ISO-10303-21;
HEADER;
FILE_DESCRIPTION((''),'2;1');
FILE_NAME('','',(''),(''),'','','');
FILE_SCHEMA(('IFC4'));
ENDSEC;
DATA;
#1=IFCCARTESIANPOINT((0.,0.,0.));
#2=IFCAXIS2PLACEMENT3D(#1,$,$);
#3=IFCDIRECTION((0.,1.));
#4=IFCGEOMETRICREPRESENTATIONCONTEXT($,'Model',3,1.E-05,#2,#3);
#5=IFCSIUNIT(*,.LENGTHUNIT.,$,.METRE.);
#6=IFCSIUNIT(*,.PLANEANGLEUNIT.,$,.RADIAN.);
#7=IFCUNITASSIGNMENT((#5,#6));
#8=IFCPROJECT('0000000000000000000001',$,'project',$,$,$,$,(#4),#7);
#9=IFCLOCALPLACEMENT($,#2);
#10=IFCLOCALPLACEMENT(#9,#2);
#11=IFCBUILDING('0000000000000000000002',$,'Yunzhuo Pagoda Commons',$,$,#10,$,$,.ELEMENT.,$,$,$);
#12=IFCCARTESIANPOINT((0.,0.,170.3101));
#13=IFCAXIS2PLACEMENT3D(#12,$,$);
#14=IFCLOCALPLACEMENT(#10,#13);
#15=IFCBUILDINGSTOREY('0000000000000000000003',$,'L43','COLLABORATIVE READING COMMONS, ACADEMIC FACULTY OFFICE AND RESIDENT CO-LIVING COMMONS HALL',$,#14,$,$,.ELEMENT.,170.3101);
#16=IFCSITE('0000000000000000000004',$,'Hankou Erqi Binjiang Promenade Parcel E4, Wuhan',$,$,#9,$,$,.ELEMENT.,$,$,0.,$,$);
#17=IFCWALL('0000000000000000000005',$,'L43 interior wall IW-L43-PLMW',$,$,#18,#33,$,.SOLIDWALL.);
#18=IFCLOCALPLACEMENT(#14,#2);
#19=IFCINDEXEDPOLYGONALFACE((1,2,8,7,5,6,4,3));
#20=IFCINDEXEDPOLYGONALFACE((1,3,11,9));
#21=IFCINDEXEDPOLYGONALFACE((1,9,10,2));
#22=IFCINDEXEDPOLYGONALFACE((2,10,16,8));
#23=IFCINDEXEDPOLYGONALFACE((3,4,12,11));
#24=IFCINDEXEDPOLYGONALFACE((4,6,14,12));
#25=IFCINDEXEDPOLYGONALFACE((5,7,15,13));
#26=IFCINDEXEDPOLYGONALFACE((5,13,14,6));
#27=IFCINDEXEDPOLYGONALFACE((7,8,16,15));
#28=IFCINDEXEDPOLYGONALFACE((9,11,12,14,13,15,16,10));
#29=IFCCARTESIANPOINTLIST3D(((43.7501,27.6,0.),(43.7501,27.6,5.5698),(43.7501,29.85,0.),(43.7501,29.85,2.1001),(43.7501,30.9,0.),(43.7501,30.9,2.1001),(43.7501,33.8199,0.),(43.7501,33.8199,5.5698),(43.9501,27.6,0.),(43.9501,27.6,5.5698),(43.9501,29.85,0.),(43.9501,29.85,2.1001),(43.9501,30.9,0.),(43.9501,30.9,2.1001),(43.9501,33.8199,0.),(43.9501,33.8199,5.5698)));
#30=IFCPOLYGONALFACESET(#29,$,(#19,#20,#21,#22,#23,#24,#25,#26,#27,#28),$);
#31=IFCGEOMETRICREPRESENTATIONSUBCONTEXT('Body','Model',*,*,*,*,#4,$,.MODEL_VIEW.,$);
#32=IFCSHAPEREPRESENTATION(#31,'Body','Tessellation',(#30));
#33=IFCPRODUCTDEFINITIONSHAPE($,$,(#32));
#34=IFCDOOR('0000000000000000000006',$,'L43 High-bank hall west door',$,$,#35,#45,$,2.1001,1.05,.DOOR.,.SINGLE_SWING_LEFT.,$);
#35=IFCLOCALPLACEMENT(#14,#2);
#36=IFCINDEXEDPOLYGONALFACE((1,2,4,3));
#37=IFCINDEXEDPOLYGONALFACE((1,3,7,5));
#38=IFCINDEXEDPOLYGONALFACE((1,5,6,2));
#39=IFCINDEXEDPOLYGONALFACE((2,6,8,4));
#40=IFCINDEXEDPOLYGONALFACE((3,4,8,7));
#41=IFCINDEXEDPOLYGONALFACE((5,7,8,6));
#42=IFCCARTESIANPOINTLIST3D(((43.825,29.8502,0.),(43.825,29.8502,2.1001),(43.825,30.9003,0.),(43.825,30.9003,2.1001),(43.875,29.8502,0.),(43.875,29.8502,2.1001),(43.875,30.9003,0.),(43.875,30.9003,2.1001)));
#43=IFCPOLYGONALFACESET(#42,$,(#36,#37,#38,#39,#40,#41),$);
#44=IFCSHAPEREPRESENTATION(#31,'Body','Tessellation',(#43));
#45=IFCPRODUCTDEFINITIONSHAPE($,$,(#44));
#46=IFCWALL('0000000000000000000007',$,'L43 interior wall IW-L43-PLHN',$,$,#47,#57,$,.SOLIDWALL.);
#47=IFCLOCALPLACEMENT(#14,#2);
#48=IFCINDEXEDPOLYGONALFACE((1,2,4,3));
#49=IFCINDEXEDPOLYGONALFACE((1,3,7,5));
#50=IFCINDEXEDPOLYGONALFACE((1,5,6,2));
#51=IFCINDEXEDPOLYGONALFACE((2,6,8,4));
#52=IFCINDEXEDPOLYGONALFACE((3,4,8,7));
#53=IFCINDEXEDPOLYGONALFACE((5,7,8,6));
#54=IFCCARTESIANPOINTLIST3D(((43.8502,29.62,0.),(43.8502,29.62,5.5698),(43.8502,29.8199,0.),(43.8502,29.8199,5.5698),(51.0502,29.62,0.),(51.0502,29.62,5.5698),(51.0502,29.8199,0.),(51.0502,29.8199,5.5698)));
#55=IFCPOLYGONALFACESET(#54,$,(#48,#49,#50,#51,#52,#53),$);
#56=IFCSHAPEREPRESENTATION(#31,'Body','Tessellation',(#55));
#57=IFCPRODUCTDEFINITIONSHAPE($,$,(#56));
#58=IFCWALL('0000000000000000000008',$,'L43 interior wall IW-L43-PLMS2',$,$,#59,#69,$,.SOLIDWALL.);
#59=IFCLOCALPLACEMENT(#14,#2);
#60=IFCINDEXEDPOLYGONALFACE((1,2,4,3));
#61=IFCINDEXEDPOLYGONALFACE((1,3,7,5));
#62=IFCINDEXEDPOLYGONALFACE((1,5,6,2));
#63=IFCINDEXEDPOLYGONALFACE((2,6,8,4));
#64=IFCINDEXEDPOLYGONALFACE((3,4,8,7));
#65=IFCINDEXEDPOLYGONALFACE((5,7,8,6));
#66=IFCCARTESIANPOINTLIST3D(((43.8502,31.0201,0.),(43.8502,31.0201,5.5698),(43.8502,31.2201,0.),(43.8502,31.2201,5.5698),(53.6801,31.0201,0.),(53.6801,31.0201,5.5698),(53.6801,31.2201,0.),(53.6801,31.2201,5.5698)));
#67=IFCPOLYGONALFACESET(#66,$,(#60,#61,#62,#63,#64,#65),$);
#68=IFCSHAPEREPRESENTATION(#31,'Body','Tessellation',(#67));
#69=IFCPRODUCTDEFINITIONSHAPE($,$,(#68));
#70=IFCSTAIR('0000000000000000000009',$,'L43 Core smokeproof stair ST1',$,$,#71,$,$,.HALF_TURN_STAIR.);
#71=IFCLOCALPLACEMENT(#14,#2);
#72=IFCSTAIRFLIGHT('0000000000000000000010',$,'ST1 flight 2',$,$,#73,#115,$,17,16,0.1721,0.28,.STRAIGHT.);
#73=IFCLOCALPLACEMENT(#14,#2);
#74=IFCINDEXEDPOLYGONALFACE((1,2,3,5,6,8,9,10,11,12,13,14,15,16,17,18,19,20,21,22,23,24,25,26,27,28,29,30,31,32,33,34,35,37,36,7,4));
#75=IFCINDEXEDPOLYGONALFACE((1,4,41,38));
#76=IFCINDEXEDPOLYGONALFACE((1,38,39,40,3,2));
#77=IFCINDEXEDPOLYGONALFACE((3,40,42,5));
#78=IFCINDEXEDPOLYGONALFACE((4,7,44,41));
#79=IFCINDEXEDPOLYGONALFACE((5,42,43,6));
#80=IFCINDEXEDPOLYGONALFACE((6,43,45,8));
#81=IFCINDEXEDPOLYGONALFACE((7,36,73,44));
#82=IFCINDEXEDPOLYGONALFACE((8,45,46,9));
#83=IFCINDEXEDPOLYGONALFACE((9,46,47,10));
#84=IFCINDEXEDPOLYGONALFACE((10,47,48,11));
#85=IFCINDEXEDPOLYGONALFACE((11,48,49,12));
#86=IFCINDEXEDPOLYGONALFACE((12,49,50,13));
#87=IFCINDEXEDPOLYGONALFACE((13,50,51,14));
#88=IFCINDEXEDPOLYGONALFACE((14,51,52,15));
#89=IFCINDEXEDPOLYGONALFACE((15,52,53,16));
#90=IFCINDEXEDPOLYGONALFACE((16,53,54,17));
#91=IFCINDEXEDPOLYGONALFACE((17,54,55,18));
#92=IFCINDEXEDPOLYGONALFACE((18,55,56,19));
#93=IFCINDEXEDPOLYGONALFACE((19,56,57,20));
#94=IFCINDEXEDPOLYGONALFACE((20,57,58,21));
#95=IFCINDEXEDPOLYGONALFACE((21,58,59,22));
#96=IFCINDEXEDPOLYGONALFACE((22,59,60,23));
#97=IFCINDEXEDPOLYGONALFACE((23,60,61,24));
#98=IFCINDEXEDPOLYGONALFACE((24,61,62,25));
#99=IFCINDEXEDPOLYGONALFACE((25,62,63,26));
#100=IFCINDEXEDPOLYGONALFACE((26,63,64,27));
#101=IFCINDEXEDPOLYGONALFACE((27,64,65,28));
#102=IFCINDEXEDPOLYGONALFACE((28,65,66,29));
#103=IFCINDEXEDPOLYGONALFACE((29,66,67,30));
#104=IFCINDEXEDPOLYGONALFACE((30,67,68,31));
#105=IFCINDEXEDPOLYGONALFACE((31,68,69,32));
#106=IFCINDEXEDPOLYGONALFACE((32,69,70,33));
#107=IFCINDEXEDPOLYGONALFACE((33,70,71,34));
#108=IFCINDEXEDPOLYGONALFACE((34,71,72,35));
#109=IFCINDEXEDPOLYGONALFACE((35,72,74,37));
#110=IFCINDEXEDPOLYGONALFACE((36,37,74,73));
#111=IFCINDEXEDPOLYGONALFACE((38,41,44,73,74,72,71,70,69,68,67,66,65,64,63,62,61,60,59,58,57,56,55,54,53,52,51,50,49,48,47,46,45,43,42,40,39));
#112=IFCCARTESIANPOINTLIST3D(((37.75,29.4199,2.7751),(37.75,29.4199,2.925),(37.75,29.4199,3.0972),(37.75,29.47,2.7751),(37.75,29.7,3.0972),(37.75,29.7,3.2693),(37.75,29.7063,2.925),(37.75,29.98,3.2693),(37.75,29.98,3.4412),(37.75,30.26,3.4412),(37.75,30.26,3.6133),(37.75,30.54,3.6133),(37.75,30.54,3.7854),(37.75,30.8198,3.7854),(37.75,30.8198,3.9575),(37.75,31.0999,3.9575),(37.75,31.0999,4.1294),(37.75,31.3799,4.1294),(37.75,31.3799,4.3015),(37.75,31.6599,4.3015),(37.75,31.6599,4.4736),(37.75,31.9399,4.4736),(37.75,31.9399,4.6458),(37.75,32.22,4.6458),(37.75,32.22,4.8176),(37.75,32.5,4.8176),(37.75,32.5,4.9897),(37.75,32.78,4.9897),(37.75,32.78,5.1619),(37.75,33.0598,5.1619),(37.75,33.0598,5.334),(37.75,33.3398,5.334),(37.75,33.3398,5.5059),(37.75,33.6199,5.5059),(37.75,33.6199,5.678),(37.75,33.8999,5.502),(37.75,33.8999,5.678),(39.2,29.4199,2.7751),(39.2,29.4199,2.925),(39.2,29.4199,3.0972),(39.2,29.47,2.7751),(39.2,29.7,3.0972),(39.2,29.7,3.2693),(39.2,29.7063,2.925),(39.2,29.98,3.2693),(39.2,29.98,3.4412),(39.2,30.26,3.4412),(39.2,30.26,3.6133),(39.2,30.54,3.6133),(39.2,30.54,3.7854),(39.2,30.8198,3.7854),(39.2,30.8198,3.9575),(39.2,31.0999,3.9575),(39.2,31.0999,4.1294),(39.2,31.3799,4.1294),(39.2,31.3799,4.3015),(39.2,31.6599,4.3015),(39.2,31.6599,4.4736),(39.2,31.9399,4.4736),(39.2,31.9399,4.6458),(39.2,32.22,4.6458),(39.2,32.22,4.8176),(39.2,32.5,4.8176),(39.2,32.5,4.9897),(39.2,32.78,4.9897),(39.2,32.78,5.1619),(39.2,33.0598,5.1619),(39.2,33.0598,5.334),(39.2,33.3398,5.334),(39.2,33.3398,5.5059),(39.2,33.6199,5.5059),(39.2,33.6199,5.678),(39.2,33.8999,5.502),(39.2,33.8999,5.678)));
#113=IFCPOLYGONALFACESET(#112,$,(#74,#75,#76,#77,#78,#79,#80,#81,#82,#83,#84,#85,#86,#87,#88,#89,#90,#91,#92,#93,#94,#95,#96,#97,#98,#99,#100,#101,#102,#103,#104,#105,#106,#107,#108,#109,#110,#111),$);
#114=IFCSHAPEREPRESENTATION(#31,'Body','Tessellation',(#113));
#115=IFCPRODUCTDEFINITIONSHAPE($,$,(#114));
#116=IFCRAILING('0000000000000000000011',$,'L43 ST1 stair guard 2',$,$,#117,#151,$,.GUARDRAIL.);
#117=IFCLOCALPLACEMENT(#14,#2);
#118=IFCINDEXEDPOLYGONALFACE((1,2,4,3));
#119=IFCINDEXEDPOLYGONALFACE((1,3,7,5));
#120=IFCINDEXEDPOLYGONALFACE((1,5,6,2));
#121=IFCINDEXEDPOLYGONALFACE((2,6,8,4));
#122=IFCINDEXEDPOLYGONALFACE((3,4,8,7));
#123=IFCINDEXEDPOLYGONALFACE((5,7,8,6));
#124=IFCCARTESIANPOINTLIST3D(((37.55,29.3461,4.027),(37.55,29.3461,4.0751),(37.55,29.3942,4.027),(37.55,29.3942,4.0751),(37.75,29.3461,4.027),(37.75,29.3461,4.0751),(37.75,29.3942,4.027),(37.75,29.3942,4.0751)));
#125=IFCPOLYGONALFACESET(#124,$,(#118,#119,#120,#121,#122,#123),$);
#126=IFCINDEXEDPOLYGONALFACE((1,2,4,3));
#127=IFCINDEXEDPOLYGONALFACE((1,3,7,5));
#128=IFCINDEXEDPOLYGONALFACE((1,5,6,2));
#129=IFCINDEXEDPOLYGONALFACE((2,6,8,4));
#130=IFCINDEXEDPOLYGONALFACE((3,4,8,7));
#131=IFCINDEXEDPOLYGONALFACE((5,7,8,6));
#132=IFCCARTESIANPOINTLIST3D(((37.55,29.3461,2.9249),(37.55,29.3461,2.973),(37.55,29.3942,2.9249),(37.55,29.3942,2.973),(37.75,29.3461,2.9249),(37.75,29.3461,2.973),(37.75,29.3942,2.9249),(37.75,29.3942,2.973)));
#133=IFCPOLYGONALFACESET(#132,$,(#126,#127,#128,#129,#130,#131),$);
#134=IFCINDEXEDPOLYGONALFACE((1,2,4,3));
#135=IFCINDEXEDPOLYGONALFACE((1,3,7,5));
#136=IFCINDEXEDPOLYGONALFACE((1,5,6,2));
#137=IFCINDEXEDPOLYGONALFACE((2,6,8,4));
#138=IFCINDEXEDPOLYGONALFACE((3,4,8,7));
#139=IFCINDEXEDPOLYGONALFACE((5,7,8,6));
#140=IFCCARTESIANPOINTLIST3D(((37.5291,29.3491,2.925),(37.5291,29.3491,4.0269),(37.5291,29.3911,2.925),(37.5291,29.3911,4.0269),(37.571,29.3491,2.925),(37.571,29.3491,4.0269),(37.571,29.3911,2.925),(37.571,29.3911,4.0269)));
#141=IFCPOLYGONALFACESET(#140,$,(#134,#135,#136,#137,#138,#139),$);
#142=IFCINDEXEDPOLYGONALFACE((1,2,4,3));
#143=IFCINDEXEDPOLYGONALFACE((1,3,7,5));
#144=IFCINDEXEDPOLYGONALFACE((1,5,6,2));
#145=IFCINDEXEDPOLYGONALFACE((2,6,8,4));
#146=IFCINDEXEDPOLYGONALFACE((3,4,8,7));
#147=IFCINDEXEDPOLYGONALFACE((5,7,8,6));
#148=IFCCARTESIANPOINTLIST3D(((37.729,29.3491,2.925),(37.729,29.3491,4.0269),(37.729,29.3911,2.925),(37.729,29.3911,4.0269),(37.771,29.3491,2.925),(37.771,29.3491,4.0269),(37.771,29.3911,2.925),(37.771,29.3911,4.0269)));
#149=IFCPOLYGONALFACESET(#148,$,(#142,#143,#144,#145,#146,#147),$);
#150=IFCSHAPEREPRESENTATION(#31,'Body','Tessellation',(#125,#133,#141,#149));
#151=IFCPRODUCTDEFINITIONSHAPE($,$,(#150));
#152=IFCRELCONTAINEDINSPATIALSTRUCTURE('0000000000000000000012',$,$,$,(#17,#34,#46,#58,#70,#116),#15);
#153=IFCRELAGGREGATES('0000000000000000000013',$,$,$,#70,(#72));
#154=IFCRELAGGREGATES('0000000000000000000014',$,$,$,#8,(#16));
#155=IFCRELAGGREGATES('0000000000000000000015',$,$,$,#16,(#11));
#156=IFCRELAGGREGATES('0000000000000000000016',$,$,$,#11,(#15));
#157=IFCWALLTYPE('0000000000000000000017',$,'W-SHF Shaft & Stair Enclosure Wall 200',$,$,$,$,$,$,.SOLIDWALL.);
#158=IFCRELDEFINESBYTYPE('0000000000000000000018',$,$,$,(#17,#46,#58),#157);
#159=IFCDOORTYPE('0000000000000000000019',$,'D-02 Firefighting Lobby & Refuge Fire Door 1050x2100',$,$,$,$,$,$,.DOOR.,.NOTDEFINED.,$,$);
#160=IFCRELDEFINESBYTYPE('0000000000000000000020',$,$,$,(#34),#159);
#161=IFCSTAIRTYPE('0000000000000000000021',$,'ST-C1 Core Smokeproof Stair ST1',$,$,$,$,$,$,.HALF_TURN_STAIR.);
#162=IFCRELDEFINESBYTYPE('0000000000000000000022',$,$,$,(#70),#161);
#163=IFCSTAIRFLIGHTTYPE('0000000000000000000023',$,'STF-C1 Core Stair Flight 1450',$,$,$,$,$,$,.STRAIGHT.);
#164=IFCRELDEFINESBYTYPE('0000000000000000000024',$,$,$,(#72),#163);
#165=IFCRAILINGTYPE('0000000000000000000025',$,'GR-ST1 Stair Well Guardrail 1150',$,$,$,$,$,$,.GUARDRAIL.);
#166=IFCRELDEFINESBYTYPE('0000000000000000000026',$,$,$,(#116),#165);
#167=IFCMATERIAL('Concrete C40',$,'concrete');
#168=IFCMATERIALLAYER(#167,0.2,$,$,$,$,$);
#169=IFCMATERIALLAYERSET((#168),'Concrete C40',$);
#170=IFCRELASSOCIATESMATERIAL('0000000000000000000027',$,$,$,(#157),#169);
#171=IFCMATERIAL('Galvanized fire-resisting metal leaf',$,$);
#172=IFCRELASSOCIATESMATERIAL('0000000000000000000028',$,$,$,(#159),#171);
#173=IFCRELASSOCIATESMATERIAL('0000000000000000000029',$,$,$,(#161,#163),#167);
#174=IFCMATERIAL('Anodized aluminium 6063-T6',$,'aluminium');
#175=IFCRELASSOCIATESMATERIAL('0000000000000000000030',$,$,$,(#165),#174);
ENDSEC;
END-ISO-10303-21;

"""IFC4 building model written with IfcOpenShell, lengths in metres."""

from ifc_helpers import new_model, si_unit, direction, frame, frame_2d, origin, origin_2d, place, context, subcontext, project, spatial, polyline, rectangle, outline, extrude, source, transform, mapped, material, layer, layer_set, type_object, element, fill, aggregate, save


model = new_model("IFC4")

# Units and contexts
model_context = context("Model", 3, precision=1e-05, world=origin(), true_north=direction((0.0, 1.0)))
body_context = subcontext(model_context, "Body", "Model", "MODEL_VIEW")
ifc_project = project(units=[si_unit("LENGTHUNIT", "METRE"), si_unit("PLANEANGLEUNIT", "RADIAN")], contexts=[model_context])

# Site, building, storey
site_placement = place(None, origin())
site = spatial("IfcSite", under=ifc_project, at=site_placement, Name="Hankou Erqi Binjiang Promenade Parcel E4, Wuhan", CompositionType="ELEMENT", RefElevation=0.0)
building_placement = place(site_placement, origin())
building = spatial("IfcBuilding", under=site, at=building_placement, Name="Yunzhuo Pagoda Commons", CompositionType="ELEMENT")
storey_placement = place(building_placement, frame((0.0, 0.0, 170.3101)))
storey = spatial("IfcBuildingStorey", under=building, at=storey_placement, Name="L43", Description="COLLABORATIVE READING COMMONS, ACADEMIC FACULTY OFFICE AND RESIDENT CO-LIVING COMMONS HALL", CompositionType="ELEMENT", Elevation=170.3101)

# Shared definitions
ifc_material_1 = material(Name="Galvanized fire-resisting metal leaf")

# Wall, opening, door
ifc_material_2 = material(Name="Concrete C40", Category="concrete")
ifc_layer_1 = layer(ifc_material_2, 0.2)
ifc_layer_set_1 = layer_set([ifc_layer_1], Name="Concrete C40")
wall_type_1 = type_object("IfcWallType", Name="W-SHF Shaft & Stair Enclosure Wall 200", PredefinedType="SOLIDWALL", material=ifc_layer_set_1)
wall_1_placement = place(storey_placement, frame((43.8501, 27.6001, 0.0), z_axis=(0.0, 0.0, 1.0), x_axis=(0.0, 1.0, 0.0)))
wall_1 = element("IfcWall", 1, at=wall_1_placement, inside=storey, type_object=wall_type_1, Name="L43 interior wall IW-L43-PLMW", PredefinedType="SOLIDWALL", context=body_context, shape_type="SweptSolid", body=[
    extrude(rectangle(XDim=6.22, YDim=0.2, at=frame_2d((3.1099, 0.0))), origin(), (0.0, 0.0, 1.0), 5.5698),
])
opening_1_placement = place(wall_1_placement, frame((2.25, 0.0, 0.0)))
opening_1 = element("IfcOpeningElement", 2, at=opening_1_placement, cuts=wall_1, PredefinedType="OPENING", context=body_context, shape_type="SweptSolid", body=[
    extrude(rectangle(XDim=1.05, YDim=2.1001, at=frame_2d((0.5249, 1.05))), frame((0.0, 0.1099, 0.0), z_axis=(0.0, -1.0, 0.0), x_axis=(1.0, 0.0, 0.0)), (0.0, 0.0, 1.0), 0.22),
])
door_type_1 = type_object("IfcDoorType", Name="D-02 Firefighting Lobby & Refuge Fire Door 1050x2100", OperationType="NOTDEFINED", PredefinedType="DOOR", material=ifc_material_1)
shared_shape_1 = source(origin(), body_context, "Body", "SweptSolid", [
    extrude(rectangle(XDim=1.05, YDim=2.1001, at=frame_2d((0.5249, 1.05))), frame((0.0, 0.0249, 0.0), z_axis=(0.0, -1.0, 0.0), x_axis=(1.0, 0.0, 0.0)), (0.0, 0.0, 1.0), 0.05),
])
door_1_placement = place(opening_1_placement, frame((1.05, 0.0, 0.0), z_axis=(0.0, 0.0, 1.0), x_axis=(-1.0, 0.0, 0.0)))
door_1 = element("IfcDoor", 3, at=door_1_placement, inside=storey, type_object=door_type_1, Name="L43 High-bank hall west door", OperationType="SINGLE_SWING_LEFT", OverallHeight=2.1001, OverallWidth=1.05, PredefinedType="DOOR", context=body_context, shape_type="MappedRepresentation", body=[
    mapped(shared_shape_1, transform((0.0, 0.0, 0.0), scale=1.0)),
])
fill(opening_1, door_1)

# Walls
wall_2_placement = place(storey_placement, frame((43.8501, 29.72, 0.0), z_axis=(0.0, 0.0, 1.0), x_axis=(1.0, 0.0, 0.0)))
element("IfcWall", 4, at=wall_2_placement, inside=storey, type_object=wall_type_1, Name="L43 interior wall IW-L43-PLHN", PredefinedType="SOLIDWALL", context=body_context, shape_type="SweptSolid", body=[
    extrude(rectangle(XDim=7.2, YDim=0.2, at=frame_2d((3.6001, 0.0))), origin(), (0.0, 0.0, 1.0), 5.5698),
])
wall_3_placement = place(storey_placement, frame((43.8501, 31.1201, 0.0), z_axis=(0.0, 0.0, 1.0), x_axis=(1.0, 0.0, 0.0)))
element("IfcWall", 5, at=wall_3_placement, inside=storey, type_object=wall_type_1, Name="L43 interior wall IW-L43-PLMS2", PredefinedType="SOLIDWALL", context=body_context, shape_type="SweptSolid", body=[
    extrude(rectangle(XDim=9.8298, YDim=0.2, at=frame_2d((4.915, 0.0))), origin(), (0.0, 0.0, 1.0), 5.5698),
])

# Stair, stair flight
stair_type = type_object("IfcStairType", Name="ST-C1 Core Smokeproof Stair ST1", PredefinedType="HALF_TURN_STAIR", material=ifc_material_2)
stair_placement = place(storey_placement, origin())
stair = element("IfcStair", 6, at=stair_placement, inside=storey, type_object=stair_type, Name="L43 Core smokeproof stair ST1", PredefinedType="HALF_TURN_STAIR")
stair_flight_type = type_object("IfcStairFlightType", Name="STF-C1 Core Stair Flight 1450", PredefinedType="STRAIGHT", material=ifc_material_2)
shared_shape_2 = source(origin(), body_context, "Body", "SweptSolid", [
    extrude(outline(polyline([(0.0, -0.1499), (0.0, 0.0), (0.0, 0.1721), (0.28, 0.1721), (0.28, 0.3442), (0.5601, 0.3442), (0.5601, 0.5161), (0.8401, 0.5161), (0.8401, 0.6882), (1.1201, 0.6882), (1.1201, 0.8604), (1.3999, 0.8604), (1.3999, 1.0325), (1.6799, 1.0325), (1.6799, 1.2043), (1.96, 1.2043), (1.96, 1.3765), (2.24, 1.3765), (2.24, 1.5486), (2.52, 1.5486), (2.52, 1.7207), (2.8, 1.7207), (2.8, 1.8926), (3.0801, 1.8926), (3.0801, 2.0647), (3.3601, 2.0647), (3.3601, 2.2368), (3.6399, 2.2368), (3.6399, 2.4089), (3.9199, 2.4089), (3.9199, 2.5808), (4.2, 2.5808), (4.2, 2.7529), (4.48, 2.7529), (4.48, 2.925), (4.48, 2.5769), (0.2864, 0.0), (0.05, -0.1499), (0.0, -0.1499)])), frame((0.0, 0.7251, 0.0), z_axis=(0.0, -1.0, 0.0), x_axis=(1.0, 0.0, 0.0)), (0.0, 0.0, 1.0), 1.45),
])
stair_flight_placement = place(storey_placement, frame((38.4751, 29.4199, 2.925), z_axis=(0.0, 0.0, 1.0), x_axis=(0.0, 1.0, 0.0)))
stair_flight = element("IfcStairFlight", 7, at=stair_flight_placement, type_object=stair_flight_type, Name="ST1 flight 2", NumberOfRisers=17, NumberOfTreads=16, PredefinedType="STRAIGHT", RiserHeight=0.1721, TreadLength=0.28, context=body_context, shape_type="MappedRepresentation", body=[
    mapped(shared_shape_2, transform((0.0, 0.0, 0.0), scale=1.0)),
])
aggregate(stair, [stair_flight])

# Railing
ifc_material_3 = material(Name="Anodized aluminium 6063-T6", Category="aluminium")
railing_type_1 = type_object("IfcRailingType", Name="GR-ST1 Stair Well Guardrail 1150", PredefinedType="GUARDRAIL", material=ifc_material_3)
railing_1_placement = place(storey_placement, frame((37.55, 29.3701, 2.925)))
element("IfcRailing", 8, at=railing_1_placement, inside=storey, type_object=railing_type_1, Name="L43 ST1 stair guard 2", PredefinedType="GUARDRAIL", context=body_context, shape_type="SweptSolid", body=[
    extrude(rectangle(XDim=0.0481, YDim=0.0481, at=origin_2d()), frame((0.0, 0.0, 1.126), z_axis=(1.0, 0.0, 0.0), x_axis=(0.0, 1.0, 0.0)), (0.0, 0.0, 1.0), 0.2),
    extrude(rectangle(XDim=0.0481, YDim=0.0481, at=origin_2d()), frame((0.0, 0.0, 0.0239), z_axis=(1.0, 0.0, 0.0), x_axis=(0.0, 1.0, 0.0)), (0.0, 0.0, 1.0), 0.2),
    extrude(rectangle(XDim=0.042, YDim=0.042, at=origin_2d()), origin(), (0.0, 0.0, 1.0), 1.1018),
    extrude(rectangle(XDim=0.042, YDim=0.042, at=origin_2d()), frame((0.2, 0.0, 0.0)), (0.0, 0.0, 1.0), 1.1018),
])

save(model, "model.ifc")
